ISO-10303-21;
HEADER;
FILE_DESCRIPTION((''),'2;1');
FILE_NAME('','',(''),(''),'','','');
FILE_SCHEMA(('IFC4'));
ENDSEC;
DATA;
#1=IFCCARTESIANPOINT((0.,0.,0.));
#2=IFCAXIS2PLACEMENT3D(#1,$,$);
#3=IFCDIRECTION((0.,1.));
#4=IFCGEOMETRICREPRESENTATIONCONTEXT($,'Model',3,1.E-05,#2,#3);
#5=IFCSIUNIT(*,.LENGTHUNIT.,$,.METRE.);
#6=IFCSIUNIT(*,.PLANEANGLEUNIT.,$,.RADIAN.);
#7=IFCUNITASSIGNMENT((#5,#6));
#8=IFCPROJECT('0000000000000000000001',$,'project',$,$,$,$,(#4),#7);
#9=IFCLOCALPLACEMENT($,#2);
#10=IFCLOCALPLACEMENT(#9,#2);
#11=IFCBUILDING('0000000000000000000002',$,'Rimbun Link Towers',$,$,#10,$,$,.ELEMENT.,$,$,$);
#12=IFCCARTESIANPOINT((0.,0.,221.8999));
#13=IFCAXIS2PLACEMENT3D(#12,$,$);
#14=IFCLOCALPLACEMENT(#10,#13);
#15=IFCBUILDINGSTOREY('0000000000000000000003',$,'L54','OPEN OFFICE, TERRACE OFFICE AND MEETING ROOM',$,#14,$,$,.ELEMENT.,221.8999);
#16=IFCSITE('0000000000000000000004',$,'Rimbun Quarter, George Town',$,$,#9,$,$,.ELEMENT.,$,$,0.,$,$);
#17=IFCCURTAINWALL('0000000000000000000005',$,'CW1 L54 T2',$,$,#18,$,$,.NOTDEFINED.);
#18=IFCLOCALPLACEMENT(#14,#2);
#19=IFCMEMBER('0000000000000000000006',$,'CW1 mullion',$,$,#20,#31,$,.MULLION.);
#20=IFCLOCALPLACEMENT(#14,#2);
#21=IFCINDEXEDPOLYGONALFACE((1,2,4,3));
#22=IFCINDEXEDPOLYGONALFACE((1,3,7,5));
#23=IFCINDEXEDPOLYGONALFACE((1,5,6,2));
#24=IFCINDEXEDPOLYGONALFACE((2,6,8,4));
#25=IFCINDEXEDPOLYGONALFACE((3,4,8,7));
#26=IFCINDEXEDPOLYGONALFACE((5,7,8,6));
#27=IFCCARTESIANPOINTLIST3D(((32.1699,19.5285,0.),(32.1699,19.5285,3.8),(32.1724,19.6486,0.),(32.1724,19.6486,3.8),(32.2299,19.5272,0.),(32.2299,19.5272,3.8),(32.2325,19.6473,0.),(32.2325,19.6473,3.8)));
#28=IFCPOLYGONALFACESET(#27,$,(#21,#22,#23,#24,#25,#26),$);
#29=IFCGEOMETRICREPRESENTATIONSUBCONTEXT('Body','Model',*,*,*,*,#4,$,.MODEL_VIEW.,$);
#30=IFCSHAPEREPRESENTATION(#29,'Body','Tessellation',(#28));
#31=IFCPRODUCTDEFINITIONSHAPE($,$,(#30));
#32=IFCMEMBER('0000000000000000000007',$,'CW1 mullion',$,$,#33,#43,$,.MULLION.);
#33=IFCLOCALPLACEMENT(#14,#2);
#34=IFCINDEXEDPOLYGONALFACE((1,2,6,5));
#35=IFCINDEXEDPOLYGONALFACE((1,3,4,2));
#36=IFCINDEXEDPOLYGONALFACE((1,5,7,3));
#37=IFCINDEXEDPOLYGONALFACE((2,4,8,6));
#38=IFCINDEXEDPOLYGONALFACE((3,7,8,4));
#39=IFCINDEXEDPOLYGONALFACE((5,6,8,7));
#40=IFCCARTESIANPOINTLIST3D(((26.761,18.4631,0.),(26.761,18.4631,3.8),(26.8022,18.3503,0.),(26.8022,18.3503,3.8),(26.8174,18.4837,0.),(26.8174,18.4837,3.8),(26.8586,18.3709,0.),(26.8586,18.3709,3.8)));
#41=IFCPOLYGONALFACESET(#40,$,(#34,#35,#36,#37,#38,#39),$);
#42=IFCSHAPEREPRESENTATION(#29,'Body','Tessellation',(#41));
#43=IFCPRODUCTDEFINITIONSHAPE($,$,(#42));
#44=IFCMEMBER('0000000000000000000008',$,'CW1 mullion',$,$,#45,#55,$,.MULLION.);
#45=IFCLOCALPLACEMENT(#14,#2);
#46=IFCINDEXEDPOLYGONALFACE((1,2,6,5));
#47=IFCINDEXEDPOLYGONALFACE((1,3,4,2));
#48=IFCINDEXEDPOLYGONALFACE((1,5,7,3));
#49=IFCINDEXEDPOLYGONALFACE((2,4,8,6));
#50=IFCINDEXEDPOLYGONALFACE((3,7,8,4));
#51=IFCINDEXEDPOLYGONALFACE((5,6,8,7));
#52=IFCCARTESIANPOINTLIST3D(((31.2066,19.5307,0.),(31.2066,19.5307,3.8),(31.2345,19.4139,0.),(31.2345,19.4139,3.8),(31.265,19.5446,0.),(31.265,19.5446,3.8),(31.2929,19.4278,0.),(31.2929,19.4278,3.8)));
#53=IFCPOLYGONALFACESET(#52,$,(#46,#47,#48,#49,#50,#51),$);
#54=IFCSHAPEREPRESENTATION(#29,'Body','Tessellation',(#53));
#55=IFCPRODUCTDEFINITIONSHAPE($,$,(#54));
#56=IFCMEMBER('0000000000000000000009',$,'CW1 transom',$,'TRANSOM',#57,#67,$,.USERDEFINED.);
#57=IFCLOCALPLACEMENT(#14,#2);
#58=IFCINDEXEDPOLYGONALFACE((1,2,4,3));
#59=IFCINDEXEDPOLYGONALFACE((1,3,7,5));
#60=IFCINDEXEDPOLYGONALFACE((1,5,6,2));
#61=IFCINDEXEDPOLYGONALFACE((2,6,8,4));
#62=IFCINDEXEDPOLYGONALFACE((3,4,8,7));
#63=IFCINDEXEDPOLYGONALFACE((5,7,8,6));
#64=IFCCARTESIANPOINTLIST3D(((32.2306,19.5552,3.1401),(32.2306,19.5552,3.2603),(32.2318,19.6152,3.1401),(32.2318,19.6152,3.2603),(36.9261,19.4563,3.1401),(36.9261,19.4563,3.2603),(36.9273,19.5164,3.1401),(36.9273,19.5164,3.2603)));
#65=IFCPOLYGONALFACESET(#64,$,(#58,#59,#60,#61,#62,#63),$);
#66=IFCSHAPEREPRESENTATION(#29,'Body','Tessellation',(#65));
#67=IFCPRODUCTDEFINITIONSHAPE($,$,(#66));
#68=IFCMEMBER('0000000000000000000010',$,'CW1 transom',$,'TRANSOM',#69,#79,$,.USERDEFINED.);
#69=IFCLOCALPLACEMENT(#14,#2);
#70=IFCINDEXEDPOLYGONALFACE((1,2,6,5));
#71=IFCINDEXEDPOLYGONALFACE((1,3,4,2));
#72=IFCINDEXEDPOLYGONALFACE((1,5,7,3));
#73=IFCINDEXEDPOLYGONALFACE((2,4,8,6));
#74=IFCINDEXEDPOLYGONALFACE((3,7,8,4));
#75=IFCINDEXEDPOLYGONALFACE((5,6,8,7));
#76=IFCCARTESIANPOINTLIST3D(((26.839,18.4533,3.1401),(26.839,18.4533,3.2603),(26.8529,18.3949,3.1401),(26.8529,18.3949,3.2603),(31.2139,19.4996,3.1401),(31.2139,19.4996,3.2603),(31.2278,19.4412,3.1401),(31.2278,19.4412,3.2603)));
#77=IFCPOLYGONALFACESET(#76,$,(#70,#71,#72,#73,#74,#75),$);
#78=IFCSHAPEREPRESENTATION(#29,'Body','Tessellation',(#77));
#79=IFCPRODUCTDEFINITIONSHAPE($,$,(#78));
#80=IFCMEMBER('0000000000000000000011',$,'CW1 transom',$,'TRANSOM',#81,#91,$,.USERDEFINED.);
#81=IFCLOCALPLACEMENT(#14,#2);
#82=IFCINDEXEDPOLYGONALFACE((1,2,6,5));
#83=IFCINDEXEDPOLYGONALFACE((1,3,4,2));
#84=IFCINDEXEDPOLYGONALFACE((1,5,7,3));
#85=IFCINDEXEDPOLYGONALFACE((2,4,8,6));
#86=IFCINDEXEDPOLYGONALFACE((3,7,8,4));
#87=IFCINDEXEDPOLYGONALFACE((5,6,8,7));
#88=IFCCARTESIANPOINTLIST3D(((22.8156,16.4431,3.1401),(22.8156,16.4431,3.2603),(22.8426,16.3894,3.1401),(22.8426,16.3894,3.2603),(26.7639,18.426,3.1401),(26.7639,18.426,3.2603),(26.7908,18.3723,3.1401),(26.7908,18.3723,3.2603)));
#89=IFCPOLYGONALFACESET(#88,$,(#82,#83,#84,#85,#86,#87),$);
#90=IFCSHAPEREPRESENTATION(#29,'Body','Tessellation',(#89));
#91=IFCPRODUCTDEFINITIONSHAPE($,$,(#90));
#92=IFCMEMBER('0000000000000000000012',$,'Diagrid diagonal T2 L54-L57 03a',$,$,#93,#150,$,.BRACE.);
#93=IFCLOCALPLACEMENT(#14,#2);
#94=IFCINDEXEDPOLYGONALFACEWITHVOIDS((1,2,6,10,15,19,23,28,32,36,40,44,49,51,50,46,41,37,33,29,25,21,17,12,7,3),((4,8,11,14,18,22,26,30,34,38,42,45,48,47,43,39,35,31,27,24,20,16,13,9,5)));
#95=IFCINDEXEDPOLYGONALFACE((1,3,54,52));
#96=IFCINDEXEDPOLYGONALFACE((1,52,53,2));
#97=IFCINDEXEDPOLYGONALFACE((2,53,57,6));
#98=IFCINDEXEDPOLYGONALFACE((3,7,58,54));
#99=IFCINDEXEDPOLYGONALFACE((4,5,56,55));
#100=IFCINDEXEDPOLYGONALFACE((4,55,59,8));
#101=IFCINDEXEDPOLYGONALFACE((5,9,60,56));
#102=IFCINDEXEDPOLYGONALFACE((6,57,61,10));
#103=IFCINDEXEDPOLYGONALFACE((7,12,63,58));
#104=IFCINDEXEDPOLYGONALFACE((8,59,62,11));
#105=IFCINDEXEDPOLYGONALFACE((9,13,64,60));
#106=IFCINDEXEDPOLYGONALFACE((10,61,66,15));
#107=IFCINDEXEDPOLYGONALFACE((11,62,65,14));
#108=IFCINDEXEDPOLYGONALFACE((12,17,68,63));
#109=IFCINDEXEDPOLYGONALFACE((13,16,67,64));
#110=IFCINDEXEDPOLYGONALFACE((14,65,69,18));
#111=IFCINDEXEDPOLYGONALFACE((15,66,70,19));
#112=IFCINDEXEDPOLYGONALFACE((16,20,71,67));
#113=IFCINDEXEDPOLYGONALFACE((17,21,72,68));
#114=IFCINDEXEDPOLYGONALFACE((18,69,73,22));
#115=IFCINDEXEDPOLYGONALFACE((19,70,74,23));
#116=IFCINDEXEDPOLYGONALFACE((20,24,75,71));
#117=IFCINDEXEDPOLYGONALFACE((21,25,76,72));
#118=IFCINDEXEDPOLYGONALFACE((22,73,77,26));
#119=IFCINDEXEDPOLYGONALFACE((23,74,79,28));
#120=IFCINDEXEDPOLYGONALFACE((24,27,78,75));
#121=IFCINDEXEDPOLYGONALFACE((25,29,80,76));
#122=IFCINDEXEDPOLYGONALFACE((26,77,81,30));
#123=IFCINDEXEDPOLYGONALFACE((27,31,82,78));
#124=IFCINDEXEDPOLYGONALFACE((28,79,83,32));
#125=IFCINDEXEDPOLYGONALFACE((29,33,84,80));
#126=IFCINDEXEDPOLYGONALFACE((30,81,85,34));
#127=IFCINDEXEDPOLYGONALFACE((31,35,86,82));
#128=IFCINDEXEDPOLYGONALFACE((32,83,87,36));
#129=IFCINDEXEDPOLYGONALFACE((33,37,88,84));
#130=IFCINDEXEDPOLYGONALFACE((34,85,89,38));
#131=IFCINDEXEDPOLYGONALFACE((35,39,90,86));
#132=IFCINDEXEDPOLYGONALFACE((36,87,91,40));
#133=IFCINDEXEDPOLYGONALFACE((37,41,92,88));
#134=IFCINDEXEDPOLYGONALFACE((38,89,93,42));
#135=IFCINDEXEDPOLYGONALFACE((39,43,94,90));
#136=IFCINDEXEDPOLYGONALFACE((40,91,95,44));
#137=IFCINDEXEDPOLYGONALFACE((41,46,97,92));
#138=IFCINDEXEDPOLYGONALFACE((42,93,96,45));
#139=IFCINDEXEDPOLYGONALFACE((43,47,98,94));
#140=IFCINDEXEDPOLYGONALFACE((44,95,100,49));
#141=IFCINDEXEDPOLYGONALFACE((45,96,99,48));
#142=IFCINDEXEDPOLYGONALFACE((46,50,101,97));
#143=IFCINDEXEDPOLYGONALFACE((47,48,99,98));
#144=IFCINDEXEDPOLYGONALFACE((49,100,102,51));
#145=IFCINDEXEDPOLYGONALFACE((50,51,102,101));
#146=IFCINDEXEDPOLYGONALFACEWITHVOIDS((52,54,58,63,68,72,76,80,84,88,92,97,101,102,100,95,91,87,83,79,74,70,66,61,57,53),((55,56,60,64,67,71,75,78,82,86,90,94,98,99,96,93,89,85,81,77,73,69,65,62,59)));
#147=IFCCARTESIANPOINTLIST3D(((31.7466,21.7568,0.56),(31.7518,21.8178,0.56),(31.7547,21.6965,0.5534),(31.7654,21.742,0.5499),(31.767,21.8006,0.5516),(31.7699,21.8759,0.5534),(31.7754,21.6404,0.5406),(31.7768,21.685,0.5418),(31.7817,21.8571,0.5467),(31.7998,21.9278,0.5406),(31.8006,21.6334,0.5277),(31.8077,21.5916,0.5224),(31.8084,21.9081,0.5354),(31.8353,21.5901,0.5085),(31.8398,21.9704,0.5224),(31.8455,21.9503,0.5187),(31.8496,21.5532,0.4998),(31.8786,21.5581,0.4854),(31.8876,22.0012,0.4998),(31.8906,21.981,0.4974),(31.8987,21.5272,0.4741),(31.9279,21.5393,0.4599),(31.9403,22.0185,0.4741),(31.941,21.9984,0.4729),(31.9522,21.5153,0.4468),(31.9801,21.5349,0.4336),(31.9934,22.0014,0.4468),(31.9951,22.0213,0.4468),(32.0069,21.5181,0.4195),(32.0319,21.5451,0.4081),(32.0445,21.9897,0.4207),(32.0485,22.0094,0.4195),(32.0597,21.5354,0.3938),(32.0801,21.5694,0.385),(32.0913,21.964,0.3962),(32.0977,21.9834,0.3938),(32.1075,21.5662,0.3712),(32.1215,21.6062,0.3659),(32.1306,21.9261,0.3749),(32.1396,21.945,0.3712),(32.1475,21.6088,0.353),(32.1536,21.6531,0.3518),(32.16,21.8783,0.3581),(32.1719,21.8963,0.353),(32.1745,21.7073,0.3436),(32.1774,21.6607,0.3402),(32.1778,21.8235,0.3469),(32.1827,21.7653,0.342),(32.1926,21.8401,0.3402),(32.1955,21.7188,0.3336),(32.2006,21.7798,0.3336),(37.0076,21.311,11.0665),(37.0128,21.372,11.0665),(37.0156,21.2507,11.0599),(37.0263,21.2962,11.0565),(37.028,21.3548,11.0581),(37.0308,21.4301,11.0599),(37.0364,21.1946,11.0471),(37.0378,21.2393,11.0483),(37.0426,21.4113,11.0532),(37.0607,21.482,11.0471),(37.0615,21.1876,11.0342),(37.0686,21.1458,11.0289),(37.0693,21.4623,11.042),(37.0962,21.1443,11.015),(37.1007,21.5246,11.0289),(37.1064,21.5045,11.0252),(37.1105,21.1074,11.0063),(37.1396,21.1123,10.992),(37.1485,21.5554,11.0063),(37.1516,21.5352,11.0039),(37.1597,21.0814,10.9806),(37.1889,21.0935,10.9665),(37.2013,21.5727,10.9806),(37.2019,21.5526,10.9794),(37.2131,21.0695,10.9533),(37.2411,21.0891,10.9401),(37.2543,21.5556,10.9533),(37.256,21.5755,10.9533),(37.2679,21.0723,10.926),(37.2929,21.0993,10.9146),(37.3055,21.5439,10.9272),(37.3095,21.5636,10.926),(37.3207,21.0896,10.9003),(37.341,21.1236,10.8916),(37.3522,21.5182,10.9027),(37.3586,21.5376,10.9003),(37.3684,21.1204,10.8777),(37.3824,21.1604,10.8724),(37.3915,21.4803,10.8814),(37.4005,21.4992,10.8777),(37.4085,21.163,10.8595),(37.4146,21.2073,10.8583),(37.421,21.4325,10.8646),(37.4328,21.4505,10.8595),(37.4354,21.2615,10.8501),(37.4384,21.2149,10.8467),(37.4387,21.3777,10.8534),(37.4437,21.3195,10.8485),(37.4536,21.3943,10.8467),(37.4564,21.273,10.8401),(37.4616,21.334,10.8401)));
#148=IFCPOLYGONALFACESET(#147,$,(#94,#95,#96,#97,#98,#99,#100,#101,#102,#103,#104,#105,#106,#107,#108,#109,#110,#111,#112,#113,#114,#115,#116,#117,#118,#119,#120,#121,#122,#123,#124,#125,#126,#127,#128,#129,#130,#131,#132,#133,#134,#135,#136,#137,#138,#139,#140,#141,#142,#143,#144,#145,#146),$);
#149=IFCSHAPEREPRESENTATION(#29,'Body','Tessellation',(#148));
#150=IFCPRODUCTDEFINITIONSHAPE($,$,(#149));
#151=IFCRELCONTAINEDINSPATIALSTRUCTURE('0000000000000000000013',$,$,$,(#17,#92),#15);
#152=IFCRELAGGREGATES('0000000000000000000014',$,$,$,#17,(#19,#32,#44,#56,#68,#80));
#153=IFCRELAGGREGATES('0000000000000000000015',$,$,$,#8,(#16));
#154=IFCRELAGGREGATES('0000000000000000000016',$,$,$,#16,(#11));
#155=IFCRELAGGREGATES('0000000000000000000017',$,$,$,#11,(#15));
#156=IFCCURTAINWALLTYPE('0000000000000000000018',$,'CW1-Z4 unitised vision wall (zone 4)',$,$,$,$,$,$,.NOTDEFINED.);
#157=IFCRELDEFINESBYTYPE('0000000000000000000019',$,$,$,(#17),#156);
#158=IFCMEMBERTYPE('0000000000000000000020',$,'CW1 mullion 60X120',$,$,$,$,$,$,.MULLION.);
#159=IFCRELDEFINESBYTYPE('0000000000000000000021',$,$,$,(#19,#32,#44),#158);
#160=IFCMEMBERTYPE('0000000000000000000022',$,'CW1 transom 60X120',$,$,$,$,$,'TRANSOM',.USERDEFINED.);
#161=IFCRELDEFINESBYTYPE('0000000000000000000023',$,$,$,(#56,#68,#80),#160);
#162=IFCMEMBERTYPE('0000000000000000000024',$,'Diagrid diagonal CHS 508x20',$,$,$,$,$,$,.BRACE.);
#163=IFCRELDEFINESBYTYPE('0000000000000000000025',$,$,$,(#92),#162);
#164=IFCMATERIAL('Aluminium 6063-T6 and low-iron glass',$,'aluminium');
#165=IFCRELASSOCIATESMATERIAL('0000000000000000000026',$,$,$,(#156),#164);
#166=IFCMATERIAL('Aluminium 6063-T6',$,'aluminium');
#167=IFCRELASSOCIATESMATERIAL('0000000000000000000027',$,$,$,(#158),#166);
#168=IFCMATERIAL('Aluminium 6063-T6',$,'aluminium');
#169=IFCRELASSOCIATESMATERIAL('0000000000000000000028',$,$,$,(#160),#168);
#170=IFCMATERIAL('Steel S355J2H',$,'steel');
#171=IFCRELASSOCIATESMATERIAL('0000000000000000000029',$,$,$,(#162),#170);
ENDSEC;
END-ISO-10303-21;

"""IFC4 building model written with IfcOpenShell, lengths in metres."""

from ifc_helpers import new_model, si_unit, direction, frame, origin, origin_2d, place, context, subcontext, project, spatial, rectangle, hollow_circle, extrude, material, material_profile, profile_set, type_object, element, aggregate, save


model = new_model("IFC4")

# Units and contexts
model_context = context("Model", 3, precision=1e-05, world=origin(), true_north=direction((0.0, 1.0)))
body_context = subcontext(model_context, "Body", "Model", "MODEL_VIEW")
ifc_project = project(units=[si_unit("LENGTHUNIT", "METRE"), si_unit("PLANEANGLEUNIT", "RADIAN")], contexts=[model_context])

# Site, building, storey
site_placement = place(None, origin())
site = spatial("IfcSite", under=ifc_project, at=site_placement, Name="Rimbun Quarter, George Town", CompositionType="ELEMENT", RefElevation=0.0)
building_placement = place(site_placement, origin())
building = spatial("IfcBuilding", under=site, at=building_placement, Name="Rimbun Link Towers", CompositionType="ELEMENT")
storey_placement = place(building_placement, frame((0.0, 0.0, 221.8999)))
storey = spatial("IfcBuildingStorey", under=building, at=storey_placement, Name="L54", Description="OPEN OFFICE, TERRACE OFFICE AND MEETING ROOM", CompositionType="ELEMENT", Elevation=221.8999)

# Curtain wall, members
ifc_material_1 = material(Name="Aluminium 6063-T6 and low-iron glass", Category="aluminium")
curtain_wall_type = type_object("IfcCurtainWallType", Name="CW1-Z4 unitised vision wall (zone 4)", PredefinedType="NOTDEFINED", material=ifc_material_1)
curtain_wall_placement = place(storey_placement, origin())
curtain_wall = element("IfcCurtainWall", 1, at=curtain_wall_placement, inside=storey, type_object=curtain_wall_type, Name="CW1 L54 T2", PredefinedType="NOTDEFINED")
ifc_material_2 = material(Name="Aluminium 6063-T6", Category="aluminium")
ifc_material_profile_1 = material_profile(ifc_material_2, rectangle(XDim=0.1201, YDim=0.0601, at=origin_2d()), Name="MULLION 60X120")
ifc_profile_set_1 = profile_set([ifc_material_profile_1], Name="Aluminium 6063-T6")
member_type_1 = type_object("IfcMemberType", Name="CW1 mullion 60X120", PredefinedType="MULLION", material=ifc_profile_set_1)
member_1_placement = place(storey_placement, frame((32.2012, 19.5879, 0.0), z_axis=(0.0, 0.0, 1.0), x_axis=(0.021069, 0.999778, 0.0)))
member_1 = element("IfcMember", 2, at=member_1_placement, type_object=member_type_1, Name="CW1 mullion", PredefinedType="MULLION", context=body_context, shape_type="SweptSolid", body=[
    extrude(rectangle(XDim=0.1201, YDim=0.0601, at=origin_2d()), origin(), (0.0, 0.0, 1.0), 3.8),
])
member_2_placement = place(storey_placement, frame((26.8098, 18.417, 0.0), z_axis=(0.0, 0.0, 1.0), x_axis=(-0.342964, 0.939348, 0.0)))
member_2 = element("IfcMember", 3, at=member_2_placement, type_object=member_type_1, Name="CW1 mullion", PredefinedType="MULLION", context=body_context, shape_type="SweptSolid", body=[
    extrude(rectangle(XDim=0.1201, YDim=0.0601, at=origin_2d()), origin(), (0.0, 0.0, 1.0), 3.8),
])
member_3_placement = place(storey_placement, frame((31.2498, 19.4792, 0.0), z_axis=(0.0, 0.0, 1.0), x_axis=(-0.232601, 0.972572, 0.0)))
member_3 = element("IfcMember", 4, at=member_3_placement, type_object=member_type_1, Name="CW1 mullion", PredefinedType="MULLION", context=body_context, shape_type="SweptSolid", body=[
    extrude(rectangle(XDim=0.1201, YDim=0.0601, at=origin_2d()), origin(), (0.0, 0.0, 1.0), 3.8),
])
ifc_material_3 = material(Name="Aluminium 6063-T6", Category="aluminium")
ifc_material_profile_2 = material_profile(ifc_material_3, rectangle(XDim=0.0601, YDim=0.1201, at=origin_2d()), Name="TRANSOM 60X120")
ifc_profile_set_2 = profile_set([ifc_material_profile_2], Name="Aluminium 6063-T6")
member_type_2 = type_object("IfcMemberType", Name="CW1 transom 60X120", ElementType="TRANSOM", PredefinedType="USERDEFINED", material=ifc_profile_set_2)
member_4_placement = place(storey_placement, frame((32.2312, 19.5852, 3.2002), z_axis=(0.999778, -0.021053, 0.0), x_axis=(0.021053, 0.999778, 0.0)))
member_4 = element("IfcMember", 5, at=member_4_placement, type_object=member_type_2, Name="CW1 transom", ObjectType="TRANSOM", PredefinedType="USERDEFINED", context=body_context, shape_type="SweptSolid", body=[
    extrude(rectangle(XDim=0.0601, YDim=0.1201, at=origin_2d()), origin(), (0.0, 0.0, 1.0), 4.6965),
])
member_5_placement = place(storey_placement, frame((26.8459, 18.4241, 3.2002), z_axis=(0.972569, 0.232613, 0.0), x_axis=(-0.232613, 0.972569, 0.0)))
member_5 = element("IfcMember", 6, at=member_5_placement, type_object=member_type_2, Name="CW1 transom", ObjectType="TRANSOM", PredefinedType="USERDEFINED", context=body_context, shape_type="SweptSolid", body=[
    extrude(rectangle(XDim=0.0601, YDim=0.1201, at=origin_2d()), origin(), (0.0, 0.0, 1.0), 4.4983),
])
member_6_placement = place(storey_placement, frame((22.8291, 16.4163, 3.2002), z_axis=(0.89363, 0.448804, 0.0), x_axis=(-0.448804, 0.89363, 0.0)))
member_6 = element("IfcMember", 7, at=member_6_placement, type_object=member_type_2, Name="CW1 transom", ObjectType="TRANSOM", PredefinedType="USERDEFINED", context=body_context, shape_type="SweptSolid", body=[
    extrude(rectangle(XDim=0.0601, YDim=0.1201, at=origin_2d()), origin(), (0.0, 0.0, 1.0), 4.4182),
])

# Member
ifc_material_4 = material(Name="Steel S355J2H", Category="steel")
ifc_material_profile_3 = material_profile(ifc_material_4, hollow_circle(Radius=0.2539, WallThickness=0.02, at=origin_2d()), Name="Diagrid diagonal CHS 508x20")
ifc_profile_set_3 = profile_set([ifc_material_profile_3], Name="Steel S355J2H")
member_type_3 = type_object("IfcMemberType", Name="Diagrid diagonal CHS 508x20", PredefinedType="BRACE", material=ifc_profile_set_3)
member_7_placement = place(storey_placement, frame((31.9736, 21.7683, 0.4468), z_axis=(0.447415, -0.037913, 0.893522), x_axis=(0.084435, 0.996429, 0.0)))
element("IfcMember", 8, at=member_7_placement, inside=storey, type_object=member_type_3, Name="Diagrid diagonal T2 L54-L57 03a", PredefinedType="BRACE", context=body_context, shape_type="SweptSolid", body=[
    extrude(hollow_circle(Radius=0.2539, WallThickness=0.02, at=origin_2d()), origin(), (0.0, 0.0, 1.0), 11.7585),
])

aggregate(curtain_wall, [member_1, member_2, member_3, member_4, member_5, member_6])

save(model, "model.ifc")
